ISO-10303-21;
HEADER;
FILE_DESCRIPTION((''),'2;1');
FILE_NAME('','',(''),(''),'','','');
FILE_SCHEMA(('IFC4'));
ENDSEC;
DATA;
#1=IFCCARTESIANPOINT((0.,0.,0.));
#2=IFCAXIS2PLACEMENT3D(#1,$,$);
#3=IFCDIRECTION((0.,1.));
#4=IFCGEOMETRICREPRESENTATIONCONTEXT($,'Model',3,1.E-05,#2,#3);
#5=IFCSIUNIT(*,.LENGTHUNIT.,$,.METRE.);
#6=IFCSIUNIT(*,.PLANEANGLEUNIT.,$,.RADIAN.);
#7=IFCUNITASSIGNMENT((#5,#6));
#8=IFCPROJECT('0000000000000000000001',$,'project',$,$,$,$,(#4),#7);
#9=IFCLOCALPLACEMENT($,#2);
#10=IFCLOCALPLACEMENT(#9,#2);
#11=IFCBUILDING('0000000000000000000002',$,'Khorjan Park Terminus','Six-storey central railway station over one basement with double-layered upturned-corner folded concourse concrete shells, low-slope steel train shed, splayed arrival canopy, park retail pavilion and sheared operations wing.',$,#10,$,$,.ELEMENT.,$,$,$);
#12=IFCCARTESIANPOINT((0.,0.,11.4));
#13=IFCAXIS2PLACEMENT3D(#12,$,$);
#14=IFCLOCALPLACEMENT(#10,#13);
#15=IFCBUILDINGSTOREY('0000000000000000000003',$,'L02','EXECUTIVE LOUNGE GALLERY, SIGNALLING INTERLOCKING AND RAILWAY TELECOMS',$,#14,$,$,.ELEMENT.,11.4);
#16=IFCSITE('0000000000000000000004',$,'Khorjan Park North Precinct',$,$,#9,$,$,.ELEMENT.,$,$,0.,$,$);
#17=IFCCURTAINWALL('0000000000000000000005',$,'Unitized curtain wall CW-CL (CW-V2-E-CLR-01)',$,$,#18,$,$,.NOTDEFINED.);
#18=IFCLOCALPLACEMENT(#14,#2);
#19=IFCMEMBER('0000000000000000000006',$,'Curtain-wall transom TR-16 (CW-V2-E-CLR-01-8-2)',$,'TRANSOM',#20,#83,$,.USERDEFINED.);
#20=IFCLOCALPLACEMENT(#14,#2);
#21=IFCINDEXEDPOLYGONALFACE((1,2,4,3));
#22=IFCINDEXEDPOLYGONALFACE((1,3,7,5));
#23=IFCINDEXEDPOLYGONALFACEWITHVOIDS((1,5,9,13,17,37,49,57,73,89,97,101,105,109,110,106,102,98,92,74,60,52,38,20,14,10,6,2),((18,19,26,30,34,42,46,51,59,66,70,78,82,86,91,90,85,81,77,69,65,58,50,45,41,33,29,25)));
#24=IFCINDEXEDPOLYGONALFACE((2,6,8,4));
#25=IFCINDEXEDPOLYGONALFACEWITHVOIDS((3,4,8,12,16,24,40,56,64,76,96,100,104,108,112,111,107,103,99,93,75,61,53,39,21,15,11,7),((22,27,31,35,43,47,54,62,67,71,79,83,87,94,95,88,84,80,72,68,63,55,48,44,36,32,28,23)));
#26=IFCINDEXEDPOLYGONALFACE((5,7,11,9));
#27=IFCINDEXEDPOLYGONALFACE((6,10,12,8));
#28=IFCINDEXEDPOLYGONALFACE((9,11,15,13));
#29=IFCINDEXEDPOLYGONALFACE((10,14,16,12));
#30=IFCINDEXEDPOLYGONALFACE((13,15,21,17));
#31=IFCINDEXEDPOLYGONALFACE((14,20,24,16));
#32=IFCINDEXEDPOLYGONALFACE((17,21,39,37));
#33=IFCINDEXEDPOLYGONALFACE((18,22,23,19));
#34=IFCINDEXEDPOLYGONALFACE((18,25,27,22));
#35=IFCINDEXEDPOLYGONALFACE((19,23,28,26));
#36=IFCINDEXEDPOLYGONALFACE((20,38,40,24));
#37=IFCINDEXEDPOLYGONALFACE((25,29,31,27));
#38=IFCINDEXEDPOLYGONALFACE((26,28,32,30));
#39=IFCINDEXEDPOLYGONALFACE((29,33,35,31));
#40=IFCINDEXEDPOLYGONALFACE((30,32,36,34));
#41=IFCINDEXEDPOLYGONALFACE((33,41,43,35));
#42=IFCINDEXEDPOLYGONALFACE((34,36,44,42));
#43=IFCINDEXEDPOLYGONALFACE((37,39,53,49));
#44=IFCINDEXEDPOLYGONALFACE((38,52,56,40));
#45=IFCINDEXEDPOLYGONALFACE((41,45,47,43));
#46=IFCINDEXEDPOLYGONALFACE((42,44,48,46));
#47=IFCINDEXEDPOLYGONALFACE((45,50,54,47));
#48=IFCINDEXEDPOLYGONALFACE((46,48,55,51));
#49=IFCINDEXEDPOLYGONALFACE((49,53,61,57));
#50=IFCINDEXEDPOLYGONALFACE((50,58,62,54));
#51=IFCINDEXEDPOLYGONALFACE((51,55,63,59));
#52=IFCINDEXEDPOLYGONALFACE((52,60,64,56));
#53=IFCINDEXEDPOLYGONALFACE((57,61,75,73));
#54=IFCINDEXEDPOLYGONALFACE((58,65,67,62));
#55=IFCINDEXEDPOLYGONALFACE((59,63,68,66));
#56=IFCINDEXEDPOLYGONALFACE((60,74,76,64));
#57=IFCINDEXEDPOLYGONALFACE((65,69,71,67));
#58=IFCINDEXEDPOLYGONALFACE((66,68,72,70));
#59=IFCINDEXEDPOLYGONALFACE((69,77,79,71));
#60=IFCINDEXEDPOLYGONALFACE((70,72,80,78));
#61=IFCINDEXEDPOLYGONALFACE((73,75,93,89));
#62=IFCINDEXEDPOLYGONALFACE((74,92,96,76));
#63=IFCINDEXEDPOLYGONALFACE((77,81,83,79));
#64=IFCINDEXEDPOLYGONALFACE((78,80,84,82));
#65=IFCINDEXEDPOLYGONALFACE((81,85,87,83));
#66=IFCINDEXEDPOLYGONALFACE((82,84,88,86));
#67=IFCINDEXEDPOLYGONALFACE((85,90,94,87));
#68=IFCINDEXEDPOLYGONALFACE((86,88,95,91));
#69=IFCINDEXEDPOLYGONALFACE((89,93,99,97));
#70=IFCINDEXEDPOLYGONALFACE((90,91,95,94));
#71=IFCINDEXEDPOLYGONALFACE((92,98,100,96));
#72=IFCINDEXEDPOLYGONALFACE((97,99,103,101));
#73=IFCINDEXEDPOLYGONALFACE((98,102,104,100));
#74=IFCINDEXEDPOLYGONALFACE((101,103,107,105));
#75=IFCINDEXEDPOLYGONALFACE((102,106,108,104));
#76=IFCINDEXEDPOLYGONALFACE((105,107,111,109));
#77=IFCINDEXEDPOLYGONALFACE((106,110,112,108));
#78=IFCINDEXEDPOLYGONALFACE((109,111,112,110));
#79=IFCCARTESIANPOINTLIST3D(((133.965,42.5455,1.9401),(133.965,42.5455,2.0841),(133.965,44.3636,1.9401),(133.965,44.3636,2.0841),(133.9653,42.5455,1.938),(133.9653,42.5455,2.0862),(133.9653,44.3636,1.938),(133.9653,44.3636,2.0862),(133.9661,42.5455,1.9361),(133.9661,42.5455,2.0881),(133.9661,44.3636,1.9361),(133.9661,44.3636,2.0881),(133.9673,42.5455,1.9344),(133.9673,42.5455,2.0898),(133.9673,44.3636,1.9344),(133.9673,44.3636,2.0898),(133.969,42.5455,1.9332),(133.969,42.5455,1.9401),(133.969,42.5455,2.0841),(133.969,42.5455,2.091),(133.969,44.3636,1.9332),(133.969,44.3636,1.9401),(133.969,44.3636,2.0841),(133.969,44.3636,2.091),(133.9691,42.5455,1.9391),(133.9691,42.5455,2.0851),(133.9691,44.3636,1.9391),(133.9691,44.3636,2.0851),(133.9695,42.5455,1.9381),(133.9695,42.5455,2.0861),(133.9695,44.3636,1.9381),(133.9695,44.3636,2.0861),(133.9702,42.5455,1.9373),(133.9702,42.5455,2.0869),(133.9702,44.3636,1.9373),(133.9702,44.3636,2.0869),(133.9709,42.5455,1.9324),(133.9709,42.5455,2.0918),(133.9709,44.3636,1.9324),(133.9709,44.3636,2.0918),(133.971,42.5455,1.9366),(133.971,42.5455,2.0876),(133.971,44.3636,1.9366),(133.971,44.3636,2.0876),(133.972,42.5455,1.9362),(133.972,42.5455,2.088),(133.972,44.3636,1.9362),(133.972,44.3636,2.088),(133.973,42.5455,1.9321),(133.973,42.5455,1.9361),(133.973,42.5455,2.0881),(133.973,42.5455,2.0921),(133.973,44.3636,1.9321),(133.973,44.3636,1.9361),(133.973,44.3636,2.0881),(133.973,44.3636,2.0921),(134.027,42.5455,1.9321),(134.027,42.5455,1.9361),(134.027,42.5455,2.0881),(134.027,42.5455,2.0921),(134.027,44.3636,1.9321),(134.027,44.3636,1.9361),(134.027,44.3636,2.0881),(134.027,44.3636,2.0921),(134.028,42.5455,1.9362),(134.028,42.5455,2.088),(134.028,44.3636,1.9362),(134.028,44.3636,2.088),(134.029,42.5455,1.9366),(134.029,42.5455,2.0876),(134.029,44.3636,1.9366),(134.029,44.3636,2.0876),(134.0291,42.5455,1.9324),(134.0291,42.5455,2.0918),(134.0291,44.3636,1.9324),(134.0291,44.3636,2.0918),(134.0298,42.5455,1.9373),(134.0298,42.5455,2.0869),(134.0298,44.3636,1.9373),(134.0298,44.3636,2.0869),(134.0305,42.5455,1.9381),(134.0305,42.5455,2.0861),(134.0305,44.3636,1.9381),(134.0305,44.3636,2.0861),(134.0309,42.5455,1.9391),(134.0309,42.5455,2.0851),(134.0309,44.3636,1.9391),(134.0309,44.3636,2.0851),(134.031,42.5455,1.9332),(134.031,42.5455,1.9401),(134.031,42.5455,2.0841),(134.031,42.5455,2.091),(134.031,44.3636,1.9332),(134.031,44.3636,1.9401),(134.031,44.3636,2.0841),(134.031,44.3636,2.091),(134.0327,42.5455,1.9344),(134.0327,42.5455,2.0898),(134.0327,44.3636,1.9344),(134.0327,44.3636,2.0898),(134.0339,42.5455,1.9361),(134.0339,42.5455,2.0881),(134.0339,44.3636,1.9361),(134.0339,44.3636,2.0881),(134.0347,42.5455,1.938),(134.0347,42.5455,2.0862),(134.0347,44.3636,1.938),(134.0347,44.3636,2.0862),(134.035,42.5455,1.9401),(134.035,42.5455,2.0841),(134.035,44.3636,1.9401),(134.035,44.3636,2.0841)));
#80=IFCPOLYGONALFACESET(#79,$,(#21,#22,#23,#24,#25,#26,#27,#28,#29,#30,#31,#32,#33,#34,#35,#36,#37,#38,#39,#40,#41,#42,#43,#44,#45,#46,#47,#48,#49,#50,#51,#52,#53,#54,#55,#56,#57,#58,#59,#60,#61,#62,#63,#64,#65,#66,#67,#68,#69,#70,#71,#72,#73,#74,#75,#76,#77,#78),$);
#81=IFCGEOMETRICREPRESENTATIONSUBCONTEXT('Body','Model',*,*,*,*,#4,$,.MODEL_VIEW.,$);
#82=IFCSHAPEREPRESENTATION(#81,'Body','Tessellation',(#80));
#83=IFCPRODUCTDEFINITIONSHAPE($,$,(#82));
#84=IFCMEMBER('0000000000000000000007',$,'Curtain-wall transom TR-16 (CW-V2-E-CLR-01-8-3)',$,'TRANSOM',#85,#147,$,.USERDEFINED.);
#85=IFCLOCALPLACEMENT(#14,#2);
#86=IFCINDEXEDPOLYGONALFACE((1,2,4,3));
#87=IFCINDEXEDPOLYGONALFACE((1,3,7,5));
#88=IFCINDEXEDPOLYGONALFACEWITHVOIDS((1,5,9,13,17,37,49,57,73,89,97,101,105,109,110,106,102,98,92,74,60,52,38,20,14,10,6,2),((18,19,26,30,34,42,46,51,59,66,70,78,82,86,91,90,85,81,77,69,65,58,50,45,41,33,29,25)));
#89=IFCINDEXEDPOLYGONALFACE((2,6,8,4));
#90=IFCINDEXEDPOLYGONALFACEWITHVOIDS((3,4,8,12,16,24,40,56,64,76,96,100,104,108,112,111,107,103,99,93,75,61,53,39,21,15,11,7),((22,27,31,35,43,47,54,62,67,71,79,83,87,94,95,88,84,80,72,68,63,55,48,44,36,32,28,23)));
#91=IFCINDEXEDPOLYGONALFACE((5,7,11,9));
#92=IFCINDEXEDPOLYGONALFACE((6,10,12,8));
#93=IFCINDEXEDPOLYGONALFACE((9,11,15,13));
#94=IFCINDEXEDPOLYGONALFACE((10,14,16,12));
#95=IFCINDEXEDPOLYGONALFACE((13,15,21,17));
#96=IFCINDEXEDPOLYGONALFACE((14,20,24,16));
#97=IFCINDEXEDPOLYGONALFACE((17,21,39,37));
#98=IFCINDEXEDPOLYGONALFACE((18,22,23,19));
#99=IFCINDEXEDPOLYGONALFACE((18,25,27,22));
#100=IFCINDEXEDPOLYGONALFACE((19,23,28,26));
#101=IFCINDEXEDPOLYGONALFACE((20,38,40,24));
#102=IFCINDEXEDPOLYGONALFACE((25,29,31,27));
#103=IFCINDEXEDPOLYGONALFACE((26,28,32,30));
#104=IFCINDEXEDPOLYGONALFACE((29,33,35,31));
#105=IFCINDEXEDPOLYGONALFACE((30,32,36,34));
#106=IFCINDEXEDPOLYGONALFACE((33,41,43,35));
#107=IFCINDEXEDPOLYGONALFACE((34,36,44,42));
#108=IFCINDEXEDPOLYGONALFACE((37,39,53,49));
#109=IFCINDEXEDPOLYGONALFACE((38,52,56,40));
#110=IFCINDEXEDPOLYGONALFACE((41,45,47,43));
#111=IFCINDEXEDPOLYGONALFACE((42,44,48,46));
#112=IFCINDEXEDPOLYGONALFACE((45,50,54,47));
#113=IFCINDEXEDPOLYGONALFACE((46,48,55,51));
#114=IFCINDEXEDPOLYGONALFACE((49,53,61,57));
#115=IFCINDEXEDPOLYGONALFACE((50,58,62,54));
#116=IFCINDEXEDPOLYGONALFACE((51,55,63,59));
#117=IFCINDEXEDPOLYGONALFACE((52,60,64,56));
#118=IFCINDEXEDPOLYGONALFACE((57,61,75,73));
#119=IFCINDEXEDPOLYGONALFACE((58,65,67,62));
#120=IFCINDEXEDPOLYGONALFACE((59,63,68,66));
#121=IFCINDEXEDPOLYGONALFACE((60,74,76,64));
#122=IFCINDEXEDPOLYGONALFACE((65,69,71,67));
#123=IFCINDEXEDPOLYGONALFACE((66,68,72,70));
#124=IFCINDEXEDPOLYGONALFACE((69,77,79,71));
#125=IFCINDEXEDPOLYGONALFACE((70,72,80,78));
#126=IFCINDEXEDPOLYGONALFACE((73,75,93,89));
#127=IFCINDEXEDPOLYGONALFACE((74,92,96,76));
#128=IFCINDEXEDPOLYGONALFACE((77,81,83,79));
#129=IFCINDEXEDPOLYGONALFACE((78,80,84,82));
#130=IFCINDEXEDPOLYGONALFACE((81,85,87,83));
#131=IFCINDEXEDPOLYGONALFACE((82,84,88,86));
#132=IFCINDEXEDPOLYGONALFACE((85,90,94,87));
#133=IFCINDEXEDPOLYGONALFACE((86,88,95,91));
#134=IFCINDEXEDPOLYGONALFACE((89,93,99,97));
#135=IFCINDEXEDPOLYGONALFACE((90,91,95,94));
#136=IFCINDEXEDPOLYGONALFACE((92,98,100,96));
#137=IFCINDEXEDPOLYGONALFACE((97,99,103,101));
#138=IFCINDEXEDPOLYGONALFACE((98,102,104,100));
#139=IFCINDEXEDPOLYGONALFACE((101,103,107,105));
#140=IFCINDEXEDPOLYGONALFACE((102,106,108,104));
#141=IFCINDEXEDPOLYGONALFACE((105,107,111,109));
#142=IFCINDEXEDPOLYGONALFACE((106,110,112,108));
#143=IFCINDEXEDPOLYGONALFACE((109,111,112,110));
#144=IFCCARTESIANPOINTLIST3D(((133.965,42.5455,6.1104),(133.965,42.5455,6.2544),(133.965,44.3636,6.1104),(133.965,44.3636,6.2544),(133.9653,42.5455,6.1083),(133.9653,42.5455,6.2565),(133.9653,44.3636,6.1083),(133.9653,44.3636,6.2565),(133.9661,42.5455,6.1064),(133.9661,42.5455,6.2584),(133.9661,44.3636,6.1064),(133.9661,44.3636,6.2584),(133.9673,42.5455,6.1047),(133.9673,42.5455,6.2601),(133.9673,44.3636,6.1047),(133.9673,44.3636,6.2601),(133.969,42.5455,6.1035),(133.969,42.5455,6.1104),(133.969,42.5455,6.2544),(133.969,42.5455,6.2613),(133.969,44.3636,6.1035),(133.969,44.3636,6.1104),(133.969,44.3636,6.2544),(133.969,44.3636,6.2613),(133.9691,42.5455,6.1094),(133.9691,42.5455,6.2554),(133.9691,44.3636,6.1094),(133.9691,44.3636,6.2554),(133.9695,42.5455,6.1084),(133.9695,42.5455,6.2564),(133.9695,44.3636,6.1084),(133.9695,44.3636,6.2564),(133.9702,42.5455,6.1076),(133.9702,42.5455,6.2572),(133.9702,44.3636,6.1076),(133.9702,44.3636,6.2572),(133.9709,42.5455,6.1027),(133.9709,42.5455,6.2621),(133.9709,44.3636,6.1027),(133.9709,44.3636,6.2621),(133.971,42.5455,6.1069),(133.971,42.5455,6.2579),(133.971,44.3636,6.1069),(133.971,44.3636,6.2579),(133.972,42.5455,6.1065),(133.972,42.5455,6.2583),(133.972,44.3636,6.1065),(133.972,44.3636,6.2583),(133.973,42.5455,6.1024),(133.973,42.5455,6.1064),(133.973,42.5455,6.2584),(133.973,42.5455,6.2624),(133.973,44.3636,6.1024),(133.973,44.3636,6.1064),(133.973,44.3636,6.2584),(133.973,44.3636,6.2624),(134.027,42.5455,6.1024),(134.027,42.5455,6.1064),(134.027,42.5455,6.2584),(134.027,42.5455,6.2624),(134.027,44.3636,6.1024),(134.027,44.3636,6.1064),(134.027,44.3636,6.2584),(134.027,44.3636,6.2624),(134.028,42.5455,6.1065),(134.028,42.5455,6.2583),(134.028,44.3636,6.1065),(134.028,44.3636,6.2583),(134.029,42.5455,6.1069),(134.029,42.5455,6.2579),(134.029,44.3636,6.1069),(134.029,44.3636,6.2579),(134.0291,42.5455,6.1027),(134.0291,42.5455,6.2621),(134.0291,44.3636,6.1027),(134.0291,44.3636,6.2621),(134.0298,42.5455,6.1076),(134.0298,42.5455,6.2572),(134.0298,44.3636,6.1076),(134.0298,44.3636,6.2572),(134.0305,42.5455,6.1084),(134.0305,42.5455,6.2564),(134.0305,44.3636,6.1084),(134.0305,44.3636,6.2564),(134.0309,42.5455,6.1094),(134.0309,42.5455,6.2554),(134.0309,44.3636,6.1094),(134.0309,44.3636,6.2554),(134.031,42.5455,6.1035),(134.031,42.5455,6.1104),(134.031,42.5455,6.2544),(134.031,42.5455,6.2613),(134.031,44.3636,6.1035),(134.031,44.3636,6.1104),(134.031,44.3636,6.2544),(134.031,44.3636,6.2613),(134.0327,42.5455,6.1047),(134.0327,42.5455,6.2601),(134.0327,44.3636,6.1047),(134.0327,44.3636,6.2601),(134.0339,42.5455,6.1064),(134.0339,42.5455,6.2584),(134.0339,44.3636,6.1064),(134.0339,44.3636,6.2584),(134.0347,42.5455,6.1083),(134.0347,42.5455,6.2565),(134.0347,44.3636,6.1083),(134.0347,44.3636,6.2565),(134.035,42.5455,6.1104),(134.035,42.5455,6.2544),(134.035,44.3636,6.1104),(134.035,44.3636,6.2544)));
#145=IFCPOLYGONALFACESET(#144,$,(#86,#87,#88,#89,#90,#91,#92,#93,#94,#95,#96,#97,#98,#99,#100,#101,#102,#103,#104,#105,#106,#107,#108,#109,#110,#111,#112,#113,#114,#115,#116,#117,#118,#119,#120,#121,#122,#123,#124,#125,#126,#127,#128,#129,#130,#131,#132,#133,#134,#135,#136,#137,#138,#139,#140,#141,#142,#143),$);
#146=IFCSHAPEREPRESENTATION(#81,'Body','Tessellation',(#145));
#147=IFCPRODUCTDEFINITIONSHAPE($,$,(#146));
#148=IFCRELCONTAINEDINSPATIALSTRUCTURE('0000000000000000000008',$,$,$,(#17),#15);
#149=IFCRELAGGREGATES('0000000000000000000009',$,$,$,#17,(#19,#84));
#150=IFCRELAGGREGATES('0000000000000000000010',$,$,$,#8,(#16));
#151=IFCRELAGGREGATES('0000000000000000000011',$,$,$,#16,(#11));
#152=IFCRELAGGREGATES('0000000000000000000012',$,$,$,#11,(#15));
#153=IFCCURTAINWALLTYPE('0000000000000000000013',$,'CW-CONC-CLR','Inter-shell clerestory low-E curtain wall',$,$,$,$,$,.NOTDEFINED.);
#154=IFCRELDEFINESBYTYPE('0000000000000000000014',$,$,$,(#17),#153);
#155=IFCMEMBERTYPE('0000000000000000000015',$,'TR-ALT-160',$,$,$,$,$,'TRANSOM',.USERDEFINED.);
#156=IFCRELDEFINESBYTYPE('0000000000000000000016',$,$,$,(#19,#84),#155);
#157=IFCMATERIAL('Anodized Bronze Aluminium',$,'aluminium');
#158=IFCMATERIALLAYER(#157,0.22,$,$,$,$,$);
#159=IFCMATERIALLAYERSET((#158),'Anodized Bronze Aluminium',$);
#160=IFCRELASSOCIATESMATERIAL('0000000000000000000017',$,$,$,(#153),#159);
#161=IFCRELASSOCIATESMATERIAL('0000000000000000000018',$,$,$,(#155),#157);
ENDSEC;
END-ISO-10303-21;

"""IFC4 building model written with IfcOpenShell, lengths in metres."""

from ifc_helpers import new_model, si_unit, direction, frame, origin, origin_2d, place, context, subcontext, project, spatial, hollow_rectangle, extrude, material, layer, layer_set, material_profile, profile_set, type_object, element, aggregate, save


model = new_model("IFC4")

# Units and contexts
model_context = context("Model", 3, precision=1e-05, world=origin(), true_north=direction((0.0, 1.0)))
body_context = subcontext(model_context, "Body", "Model", "MODEL_VIEW")
ifc_project = project(units=[si_unit("LENGTHUNIT", "METRE"), si_unit("PLANEANGLEUNIT", "RADIAN")], contexts=[model_context])

# Site, building, storey
site_placement = place(None, origin())
site = spatial("IfcSite", under=ifc_project, at=site_placement, Name="Khorjan Park North Precinct", CompositionType="ELEMENT", RefElevation=0.0)
building_placement = place(site_placement, origin())
building = spatial("IfcBuilding", under=site, at=building_placement, Name="Khorjan Park Terminus", Description="Six-storey central railway station over one basement with double-layered upturned-corner folded concourse concrete shells, low-slope steel train shed, splayed arrival canopy, park retail pavilion and sheared operations wing.", CompositionType="ELEMENT")
storey_placement = place(building_placement, frame((0.0, 0.0, 11.4)))
storey = spatial("IfcBuildingStorey", under=building, at=storey_placement, Name="L02", Description="EXECUTIVE LOUNGE GALLERY, SIGNALLING INTERLOCKING AND RAILWAY TELECOMS", CompositionType="ELEMENT", Elevation=11.4)

# Curtain wall, members
ifc_material_1 = material(Name="Anodized Bronze Aluminium", Category="aluminium")
ifc_layer_1 = layer(ifc_material_1, 0.22)
ifc_layer_set_1 = layer_set([ifc_layer_1], Name="Anodized Bronze Aluminium")
curtain_wall_type = type_object("IfcCurtainWallType", Name="CW-CONC-CLR", Description="Inter-shell clerestory low-E curtain wall", PredefinedType="NOTDEFINED", material=ifc_layer_set_1)
curtain_wall_placement = place(storey_placement, origin())
curtain_wall = element("IfcCurtainWall", 1, at=curtain_wall_placement, inside=storey, type_object=curtain_wall_type, Name="Unitized curtain wall CW-CL (CW-V2-E-CLR-01)", PredefinedType="NOTDEFINED")
ifc_material_profile = material_profile(ifc_material_1, hollow_rectangle(XDim=0.07, YDim=0.16, WallThickness=0.004, InnerFilletRadius=0.004, OuterFilletRadius=0.008, at=origin_2d()), Name="ALT 70x160x4")
ifc_profile_set = profile_set([ifc_material_profile], Name="Anodized Bronze Aluminium")
member_type = type_object("IfcMemberType", Name="TR-ALT-160", ElementType="TRANSOM", PredefinedType="USERDEFINED", material=ifc_profile_set)
member_1_placement = place(storey_placement, frame((134.0, 42.5455, 2.0121), z_axis=(0.0, 1.0, 0.0), x_axis=(-1.0, 0.0, 0.0)))
member_1 = element("IfcMember", 2, at=member_1_placement, type_object=member_type, Name="Curtain-wall transom TR-16 (CW-V2-E-CLR-01-8-2)", ObjectType="TRANSOM", PredefinedType="USERDEFINED", context=body_context, shape_type="SweptSolid", body=[
    extrude(hollow_rectangle(XDim=0.07, YDim=0.16, WallThickness=0.004, InnerFilletRadius=0.004, OuterFilletRadius=0.008, at=origin_2d()), origin(), (0.0, 0.0, 1.0), 1.8181),
])
member_2_placement = place(storey_placement, frame((134.0, 42.5455, 6.1824), z_axis=(0.0, 1.0, 0.0), x_axis=(-1.0, 0.0, 0.0)))
member_2 = element("IfcMember", 3, at=member_2_placement, type_object=member_type, Name="Curtain-wall transom TR-16 (CW-V2-E-CLR-01-8-3)", ObjectType="TRANSOM", PredefinedType="USERDEFINED", context=body_context, shape_type="SweptSolid", body=[
    extrude(hollow_rectangle(XDim=0.07, YDim=0.16, WallThickness=0.004, InnerFilletRadius=0.004, OuterFilletRadius=0.008, at=origin_2d()), origin(), (0.0, 0.0, 1.0), 1.8181),
])
aggregate(curtain_wall, [member_1, member_2])

save(model, "model.ifc")
